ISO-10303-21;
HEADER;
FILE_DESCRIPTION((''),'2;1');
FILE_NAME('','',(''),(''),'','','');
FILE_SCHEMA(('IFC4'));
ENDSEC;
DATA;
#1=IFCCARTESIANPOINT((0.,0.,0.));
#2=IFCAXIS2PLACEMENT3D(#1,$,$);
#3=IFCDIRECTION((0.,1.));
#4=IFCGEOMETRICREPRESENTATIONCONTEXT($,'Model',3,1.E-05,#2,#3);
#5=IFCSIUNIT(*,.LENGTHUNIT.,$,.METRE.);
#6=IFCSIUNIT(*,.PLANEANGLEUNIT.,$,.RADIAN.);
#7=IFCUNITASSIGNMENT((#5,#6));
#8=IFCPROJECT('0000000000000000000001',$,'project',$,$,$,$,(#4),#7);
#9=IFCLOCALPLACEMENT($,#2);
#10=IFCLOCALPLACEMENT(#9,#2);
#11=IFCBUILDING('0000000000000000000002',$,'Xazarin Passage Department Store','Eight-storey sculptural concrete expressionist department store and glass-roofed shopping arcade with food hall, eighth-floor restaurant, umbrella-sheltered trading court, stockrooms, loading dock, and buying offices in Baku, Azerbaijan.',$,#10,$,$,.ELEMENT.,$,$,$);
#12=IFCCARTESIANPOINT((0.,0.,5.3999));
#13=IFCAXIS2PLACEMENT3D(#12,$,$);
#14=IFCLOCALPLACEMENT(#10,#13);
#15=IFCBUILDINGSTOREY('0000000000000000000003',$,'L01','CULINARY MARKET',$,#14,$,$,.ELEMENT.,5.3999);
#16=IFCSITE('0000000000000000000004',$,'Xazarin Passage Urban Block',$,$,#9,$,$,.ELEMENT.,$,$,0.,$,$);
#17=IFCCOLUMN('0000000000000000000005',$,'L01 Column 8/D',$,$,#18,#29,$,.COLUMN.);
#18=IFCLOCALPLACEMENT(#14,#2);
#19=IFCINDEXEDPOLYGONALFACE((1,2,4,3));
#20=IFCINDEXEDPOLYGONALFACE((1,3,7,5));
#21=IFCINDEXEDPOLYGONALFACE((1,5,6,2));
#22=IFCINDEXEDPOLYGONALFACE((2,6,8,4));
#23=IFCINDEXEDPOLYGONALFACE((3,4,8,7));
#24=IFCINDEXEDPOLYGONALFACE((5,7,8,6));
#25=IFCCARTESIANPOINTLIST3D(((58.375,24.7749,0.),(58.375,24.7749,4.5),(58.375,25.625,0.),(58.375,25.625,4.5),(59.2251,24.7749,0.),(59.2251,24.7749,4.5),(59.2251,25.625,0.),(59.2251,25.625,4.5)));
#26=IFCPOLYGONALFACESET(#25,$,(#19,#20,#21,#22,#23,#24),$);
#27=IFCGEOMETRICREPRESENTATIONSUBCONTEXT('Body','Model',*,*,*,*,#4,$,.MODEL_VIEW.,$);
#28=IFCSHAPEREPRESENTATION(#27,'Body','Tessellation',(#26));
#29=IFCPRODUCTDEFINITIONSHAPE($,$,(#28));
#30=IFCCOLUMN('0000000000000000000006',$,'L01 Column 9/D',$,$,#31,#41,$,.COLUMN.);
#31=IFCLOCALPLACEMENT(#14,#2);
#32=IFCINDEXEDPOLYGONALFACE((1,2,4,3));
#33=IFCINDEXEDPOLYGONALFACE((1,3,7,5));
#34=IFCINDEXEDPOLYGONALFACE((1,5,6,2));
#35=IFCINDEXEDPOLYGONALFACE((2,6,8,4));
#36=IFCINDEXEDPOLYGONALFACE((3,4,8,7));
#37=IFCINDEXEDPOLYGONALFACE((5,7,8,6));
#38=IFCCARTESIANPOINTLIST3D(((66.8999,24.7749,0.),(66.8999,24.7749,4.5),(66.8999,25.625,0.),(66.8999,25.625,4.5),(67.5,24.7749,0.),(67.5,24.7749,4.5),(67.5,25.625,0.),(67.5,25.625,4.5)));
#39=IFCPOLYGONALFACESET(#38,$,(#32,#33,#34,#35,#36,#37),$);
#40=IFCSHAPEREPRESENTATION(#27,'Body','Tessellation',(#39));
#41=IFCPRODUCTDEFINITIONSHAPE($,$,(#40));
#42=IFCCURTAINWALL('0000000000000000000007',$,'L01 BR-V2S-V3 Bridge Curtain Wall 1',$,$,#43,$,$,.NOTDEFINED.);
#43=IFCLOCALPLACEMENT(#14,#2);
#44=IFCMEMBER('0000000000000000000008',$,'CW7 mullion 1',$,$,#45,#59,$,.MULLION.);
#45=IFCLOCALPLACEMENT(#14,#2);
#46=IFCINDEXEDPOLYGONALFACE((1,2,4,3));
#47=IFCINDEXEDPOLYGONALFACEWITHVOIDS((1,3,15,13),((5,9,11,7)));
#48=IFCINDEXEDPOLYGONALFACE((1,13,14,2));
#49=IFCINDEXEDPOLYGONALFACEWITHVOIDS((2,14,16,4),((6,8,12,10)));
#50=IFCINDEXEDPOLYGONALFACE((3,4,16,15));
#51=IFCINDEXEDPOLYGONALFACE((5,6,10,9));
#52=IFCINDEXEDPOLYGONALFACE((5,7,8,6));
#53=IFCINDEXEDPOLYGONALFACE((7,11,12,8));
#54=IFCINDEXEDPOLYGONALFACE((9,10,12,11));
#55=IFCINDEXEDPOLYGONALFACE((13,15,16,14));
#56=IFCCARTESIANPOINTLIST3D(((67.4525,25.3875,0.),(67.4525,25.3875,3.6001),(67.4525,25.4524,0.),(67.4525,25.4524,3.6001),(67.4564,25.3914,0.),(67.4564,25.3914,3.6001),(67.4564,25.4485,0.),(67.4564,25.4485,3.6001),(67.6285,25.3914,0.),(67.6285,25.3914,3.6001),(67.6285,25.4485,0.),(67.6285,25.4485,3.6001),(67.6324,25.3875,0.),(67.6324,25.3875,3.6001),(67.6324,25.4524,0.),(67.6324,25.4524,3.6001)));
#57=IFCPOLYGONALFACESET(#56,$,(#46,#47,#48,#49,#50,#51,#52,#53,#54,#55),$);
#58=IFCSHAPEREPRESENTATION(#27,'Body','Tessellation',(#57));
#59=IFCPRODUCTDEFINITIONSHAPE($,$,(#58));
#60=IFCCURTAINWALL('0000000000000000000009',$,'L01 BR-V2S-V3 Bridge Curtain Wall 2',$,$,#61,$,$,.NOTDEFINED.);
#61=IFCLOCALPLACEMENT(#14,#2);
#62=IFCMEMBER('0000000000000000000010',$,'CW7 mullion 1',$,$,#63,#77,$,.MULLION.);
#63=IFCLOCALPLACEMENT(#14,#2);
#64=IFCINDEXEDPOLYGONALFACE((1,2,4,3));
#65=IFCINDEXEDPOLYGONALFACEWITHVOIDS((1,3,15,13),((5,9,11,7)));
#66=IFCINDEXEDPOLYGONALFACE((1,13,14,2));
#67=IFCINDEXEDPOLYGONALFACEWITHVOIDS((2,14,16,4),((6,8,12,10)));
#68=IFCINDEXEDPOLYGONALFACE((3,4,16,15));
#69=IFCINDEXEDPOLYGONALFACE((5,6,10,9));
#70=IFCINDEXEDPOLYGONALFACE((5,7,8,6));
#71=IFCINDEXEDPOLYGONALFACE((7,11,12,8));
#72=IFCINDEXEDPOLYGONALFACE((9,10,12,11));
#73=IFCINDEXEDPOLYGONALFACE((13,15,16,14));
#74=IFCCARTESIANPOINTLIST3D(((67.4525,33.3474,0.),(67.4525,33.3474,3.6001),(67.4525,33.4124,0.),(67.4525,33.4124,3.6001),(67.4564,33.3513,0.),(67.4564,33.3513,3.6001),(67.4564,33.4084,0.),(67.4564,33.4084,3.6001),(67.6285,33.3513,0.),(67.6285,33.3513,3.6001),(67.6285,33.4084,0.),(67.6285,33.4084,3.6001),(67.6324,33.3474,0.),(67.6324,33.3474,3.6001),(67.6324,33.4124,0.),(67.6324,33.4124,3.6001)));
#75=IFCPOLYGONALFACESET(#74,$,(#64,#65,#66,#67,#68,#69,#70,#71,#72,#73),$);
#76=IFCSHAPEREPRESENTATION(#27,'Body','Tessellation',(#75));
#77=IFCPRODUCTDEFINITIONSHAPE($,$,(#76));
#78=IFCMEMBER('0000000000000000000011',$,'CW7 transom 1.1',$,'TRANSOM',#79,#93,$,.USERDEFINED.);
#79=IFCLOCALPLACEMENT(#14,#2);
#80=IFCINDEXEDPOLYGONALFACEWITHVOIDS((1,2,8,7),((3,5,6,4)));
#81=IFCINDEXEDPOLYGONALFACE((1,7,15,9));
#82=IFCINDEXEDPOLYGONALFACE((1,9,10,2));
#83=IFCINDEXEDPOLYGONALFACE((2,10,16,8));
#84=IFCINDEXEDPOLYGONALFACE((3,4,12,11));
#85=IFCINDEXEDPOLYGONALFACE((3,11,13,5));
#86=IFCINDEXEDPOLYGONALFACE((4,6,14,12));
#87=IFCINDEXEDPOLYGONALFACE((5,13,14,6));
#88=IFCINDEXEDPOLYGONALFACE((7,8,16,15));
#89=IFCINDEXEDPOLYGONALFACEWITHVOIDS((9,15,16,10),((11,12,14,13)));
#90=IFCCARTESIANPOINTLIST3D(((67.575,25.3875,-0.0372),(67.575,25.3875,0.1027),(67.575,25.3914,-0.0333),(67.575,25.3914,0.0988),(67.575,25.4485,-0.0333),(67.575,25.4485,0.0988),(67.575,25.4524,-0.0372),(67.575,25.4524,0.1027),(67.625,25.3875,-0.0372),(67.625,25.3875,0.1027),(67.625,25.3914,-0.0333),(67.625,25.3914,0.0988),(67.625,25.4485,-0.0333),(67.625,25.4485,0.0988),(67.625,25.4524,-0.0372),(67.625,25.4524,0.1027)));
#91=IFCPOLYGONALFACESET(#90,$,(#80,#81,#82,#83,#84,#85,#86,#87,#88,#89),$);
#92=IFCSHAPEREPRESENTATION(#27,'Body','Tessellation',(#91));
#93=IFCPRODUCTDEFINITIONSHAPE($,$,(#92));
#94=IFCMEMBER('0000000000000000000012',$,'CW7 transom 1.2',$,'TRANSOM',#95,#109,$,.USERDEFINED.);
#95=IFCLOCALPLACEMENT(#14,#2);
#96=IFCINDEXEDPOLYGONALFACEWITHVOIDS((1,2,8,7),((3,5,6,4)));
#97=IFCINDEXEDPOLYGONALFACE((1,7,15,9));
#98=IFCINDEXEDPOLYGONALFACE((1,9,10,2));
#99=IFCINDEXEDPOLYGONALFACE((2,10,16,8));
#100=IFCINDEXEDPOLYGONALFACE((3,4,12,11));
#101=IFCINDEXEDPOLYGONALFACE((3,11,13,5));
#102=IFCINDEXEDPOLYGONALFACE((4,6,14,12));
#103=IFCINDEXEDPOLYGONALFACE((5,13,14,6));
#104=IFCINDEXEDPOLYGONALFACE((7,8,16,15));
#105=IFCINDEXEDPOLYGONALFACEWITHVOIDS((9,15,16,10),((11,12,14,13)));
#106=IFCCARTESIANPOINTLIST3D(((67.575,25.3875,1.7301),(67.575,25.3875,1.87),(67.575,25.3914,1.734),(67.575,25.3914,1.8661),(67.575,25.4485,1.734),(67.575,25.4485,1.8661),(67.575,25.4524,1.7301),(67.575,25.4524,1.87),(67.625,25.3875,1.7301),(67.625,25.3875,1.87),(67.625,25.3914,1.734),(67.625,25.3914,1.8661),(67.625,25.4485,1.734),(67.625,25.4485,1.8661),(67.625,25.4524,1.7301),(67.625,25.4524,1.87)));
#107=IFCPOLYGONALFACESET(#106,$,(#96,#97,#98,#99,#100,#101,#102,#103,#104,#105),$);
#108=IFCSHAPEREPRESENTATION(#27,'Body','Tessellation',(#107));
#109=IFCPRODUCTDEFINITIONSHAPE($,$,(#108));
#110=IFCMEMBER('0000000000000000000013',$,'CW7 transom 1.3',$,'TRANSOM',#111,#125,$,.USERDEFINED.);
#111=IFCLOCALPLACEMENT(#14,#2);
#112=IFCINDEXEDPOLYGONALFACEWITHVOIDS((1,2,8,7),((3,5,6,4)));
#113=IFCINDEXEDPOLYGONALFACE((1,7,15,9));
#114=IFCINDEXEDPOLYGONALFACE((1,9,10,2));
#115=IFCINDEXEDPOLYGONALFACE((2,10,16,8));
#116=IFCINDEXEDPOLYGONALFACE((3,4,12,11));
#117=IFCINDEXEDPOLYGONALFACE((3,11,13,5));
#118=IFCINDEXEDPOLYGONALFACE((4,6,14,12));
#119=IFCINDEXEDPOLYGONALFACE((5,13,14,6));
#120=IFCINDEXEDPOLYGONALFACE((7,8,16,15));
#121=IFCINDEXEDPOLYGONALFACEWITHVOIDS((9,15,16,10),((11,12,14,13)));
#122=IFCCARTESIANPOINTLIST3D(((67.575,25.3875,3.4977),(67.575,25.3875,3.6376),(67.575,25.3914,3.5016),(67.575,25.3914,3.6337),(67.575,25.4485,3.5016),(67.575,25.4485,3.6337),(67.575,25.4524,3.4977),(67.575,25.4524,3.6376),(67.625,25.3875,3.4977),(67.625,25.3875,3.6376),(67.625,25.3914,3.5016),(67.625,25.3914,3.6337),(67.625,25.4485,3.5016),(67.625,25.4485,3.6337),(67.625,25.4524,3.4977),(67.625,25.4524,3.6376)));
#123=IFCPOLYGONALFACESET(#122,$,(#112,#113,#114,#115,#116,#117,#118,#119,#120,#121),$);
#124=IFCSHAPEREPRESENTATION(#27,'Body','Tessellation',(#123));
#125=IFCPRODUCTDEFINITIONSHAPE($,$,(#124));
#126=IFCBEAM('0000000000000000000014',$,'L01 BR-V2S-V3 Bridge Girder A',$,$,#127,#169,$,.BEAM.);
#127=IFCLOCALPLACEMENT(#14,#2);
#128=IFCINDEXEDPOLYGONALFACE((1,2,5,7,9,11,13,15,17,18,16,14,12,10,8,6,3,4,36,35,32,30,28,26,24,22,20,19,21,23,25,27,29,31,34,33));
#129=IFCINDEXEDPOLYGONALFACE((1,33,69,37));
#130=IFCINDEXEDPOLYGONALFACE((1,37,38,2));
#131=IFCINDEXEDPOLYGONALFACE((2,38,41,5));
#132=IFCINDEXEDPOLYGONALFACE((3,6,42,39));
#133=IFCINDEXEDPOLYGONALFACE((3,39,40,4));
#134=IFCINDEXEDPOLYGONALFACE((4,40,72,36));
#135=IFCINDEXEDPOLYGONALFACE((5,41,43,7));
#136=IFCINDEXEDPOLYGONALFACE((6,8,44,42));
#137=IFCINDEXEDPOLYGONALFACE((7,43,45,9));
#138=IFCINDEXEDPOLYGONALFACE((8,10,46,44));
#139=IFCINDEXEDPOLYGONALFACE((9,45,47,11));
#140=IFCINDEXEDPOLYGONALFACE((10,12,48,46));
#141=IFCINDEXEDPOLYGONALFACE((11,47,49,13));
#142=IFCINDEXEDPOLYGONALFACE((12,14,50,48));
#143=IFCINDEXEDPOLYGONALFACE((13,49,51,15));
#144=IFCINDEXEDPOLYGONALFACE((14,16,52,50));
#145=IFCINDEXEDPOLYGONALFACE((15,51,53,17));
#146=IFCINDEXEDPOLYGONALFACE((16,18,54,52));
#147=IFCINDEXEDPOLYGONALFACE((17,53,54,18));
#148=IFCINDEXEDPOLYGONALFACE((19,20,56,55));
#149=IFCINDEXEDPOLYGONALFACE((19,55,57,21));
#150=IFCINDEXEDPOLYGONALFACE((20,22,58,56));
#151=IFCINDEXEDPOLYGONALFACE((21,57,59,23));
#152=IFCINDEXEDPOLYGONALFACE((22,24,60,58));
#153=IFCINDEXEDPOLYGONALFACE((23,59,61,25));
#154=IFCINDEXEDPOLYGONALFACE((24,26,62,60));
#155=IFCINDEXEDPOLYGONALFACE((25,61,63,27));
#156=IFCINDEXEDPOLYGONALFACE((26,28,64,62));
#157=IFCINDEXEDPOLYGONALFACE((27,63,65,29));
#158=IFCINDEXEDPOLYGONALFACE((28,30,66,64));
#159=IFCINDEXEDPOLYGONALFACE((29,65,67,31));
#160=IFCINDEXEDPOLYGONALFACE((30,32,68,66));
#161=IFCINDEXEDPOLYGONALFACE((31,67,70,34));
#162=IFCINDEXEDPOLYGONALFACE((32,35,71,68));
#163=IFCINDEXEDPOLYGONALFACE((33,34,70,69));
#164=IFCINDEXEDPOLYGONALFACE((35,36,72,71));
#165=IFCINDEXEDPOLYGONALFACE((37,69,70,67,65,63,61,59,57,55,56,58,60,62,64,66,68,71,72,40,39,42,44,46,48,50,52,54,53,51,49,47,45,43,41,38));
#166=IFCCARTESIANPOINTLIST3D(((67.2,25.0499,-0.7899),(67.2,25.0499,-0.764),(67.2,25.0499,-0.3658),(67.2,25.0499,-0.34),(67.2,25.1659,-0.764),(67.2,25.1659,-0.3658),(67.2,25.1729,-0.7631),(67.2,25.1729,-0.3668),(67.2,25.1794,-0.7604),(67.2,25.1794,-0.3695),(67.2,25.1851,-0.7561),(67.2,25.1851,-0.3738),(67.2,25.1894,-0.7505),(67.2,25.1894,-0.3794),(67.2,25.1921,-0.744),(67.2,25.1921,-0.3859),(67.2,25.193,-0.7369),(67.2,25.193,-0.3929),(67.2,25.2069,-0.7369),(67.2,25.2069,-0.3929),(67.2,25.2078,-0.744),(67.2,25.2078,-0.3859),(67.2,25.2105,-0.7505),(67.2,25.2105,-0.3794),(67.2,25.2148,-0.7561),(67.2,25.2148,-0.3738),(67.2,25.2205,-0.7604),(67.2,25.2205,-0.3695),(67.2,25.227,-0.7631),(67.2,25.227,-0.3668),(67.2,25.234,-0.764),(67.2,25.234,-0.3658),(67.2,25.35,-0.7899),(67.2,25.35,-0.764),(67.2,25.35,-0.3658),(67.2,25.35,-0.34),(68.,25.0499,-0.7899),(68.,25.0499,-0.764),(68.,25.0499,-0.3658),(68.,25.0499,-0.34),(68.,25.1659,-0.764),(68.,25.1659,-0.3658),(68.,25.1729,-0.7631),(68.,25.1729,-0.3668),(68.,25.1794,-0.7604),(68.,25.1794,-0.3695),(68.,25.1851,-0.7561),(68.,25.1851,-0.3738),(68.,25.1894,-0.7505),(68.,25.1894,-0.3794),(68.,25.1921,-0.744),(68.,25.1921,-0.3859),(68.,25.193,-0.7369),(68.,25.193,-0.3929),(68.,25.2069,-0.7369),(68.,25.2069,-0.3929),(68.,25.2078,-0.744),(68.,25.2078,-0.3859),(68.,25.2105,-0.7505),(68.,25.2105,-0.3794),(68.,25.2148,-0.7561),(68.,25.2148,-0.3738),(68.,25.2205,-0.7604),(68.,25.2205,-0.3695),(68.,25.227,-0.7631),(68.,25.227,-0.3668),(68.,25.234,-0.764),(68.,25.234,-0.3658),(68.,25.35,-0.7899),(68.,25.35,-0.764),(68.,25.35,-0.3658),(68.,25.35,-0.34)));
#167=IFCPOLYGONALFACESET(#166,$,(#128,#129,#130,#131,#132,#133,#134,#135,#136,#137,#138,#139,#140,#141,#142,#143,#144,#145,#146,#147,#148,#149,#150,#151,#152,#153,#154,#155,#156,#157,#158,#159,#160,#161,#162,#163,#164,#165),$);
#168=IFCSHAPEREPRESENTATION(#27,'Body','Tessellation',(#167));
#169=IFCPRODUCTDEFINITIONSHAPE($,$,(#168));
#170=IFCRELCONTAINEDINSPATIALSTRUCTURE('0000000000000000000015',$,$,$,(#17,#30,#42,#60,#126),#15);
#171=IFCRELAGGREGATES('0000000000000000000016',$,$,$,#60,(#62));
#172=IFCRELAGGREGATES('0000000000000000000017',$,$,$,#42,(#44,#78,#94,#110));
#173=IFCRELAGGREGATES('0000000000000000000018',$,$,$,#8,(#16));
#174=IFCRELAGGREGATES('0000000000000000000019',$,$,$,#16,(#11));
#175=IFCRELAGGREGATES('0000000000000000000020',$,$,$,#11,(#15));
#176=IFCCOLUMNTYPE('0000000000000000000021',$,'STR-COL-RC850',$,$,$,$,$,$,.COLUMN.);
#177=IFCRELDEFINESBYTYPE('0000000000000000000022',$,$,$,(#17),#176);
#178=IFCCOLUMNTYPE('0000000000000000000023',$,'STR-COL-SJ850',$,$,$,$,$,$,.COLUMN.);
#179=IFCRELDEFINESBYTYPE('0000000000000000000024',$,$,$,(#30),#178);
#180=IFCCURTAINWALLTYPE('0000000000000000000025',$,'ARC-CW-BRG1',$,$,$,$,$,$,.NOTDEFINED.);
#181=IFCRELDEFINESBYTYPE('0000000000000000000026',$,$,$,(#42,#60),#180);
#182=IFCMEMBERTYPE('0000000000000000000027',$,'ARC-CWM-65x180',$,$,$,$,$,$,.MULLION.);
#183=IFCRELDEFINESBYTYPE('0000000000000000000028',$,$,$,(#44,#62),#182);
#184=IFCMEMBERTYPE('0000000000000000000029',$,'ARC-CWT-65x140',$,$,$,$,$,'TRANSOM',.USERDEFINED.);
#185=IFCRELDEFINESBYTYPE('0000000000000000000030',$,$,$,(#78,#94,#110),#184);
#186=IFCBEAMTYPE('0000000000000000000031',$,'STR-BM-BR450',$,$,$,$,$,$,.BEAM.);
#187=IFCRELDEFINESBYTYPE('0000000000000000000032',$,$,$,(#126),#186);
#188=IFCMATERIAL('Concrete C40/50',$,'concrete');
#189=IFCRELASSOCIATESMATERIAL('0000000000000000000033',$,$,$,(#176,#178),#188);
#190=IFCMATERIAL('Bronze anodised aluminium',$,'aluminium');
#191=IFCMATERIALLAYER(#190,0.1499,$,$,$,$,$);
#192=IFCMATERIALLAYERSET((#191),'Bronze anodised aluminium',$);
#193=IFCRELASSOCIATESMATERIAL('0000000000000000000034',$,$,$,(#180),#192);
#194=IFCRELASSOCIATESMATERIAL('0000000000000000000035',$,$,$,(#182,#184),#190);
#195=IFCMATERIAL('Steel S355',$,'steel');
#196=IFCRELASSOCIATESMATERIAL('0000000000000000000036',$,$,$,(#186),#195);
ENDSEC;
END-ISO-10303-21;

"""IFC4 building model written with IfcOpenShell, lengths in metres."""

from ifc_helpers import new_model, si_unit, direction, frame, origin, origin_2d, place, context, subcontext, project, spatial, rectangle, hollow_rectangle, i_section, extrude, material, layer, layer_set, material_profile, profile_set, type_object, element, aggregate, save


model = new_model("IFC4")

# Units and contexts
model_context = context("Model", 3, precision=1e-05, world=origin(), true_north=direction((0.0, 1.0)))
body_context = subcontext(model_context, "Body", "Model", "MODEL_VIEW")
ifc_project = project(units=[si_unit("LENGTHUNIT", "METRE"), si_unit("PLANEANGLEUNIT", "RADIAN")], contexts=[model_context])

# Site, building, storey
site_placement = place(None, origin())
site = spatial("IfcSite", under=ifc_project, at=site_placement, Name="Xazarin Passage Urban Block", CompositionType="ELEMENT", RefElevation=0.0)
building_placement = place(site_placement, origin())
building = spatial("IfcBuilding", under=site, at=building_placement, Name="Xazarin Passage Department Store", Description="Eight-storey sculptural concrete expressionist department store and glass-roofed shopping arcade with food hall, eighth-floor restaurant, umbrella-sheltered trading court, stockrooms, loading dock, and buying offices in Baku, Azerbaijan.", CompositionType="ELEMENT")
storey_placement = place(building_placement, frame((0.0, 0.0, 5.3999)))
storey = spatial("IfcBuildingStorey", under=building, at=storey_placement, Name="L01", Description="CULINARY MARKET", CompositionType="ELEMENT", Elevation=5.3999)

# Columns
ifc_material_1 = material(Name="Concrete C40/50", Category="concrete")
ifc_material_profile_1 = material_profile(ifc_material_1, rectangle(XDim=0.8501, YDim=0.8501, at=origin_2d()), Name="RC 850x850")
ifc_profile_set_1 = profile_set([ifc_material_profile_1], Name="Concrete C40/50")
column_type_1 = type_object("IfcColumnType", Name="STR-COL-RC850", PredefinedType="COLUMN", material=ifc_profile_set_1)
column_1_placement = place(storey_placement, frame((58.8, 25.2, 0.0), z_axis=(0.0, 0.0, 1.0), x_axis=(1.0, 0.0, 0.0)))
element("IfcColumn", 1, at=column_1_placement, inside=storey, type_object=column_type_1, Name="L01 Column 8/D", PredefinedType="COLUMN", context=body_context, shape_type="SweptSolid", body=[
    extrude(rectangle(XDim=0.8501, YDim=0.8501, at=origin_2d()), origin(), (0.0, 0.0, 1.0), 4.5),
])
ifc_material_profile_2 = material_profile(ifc_material_1, rectangle(XDim=0.6001, YDim=0.8501, at=origin_2d()), Name="RC 600x850")
ifc_profile_set_2 = profile_set([ifc_material_profile_2], Name="Concrete C40/50")
column_type_2 = type_object("IfcColumnType", Name="STR-COL-SJ850", PredefinedType="COLUMN", material=ifc_profile_set_2)
column_2_placement = place(storey_placement, frame((67.2, 25.2, 0.0), z_axis=(0.0, 0.0, 1.0), x_axis=(1.0, 0.0, 0.0)))
element("IfcColumn", 2, at=column_2_placement, inside=storey, type_object=column_type_2, Name="L01 Column 9/D", PredefinedType="COLUMN", context=body_context, shape_type="SweptSolid", body=[
    extrude(rectangle(XDim=0.6001, YDim=0.8501, at=origin_2d()), origin(), (0.0, 0.0, 1.0), 4.5),
])

# Curtain walls, members
ifc_material_2 = material(Name="Bronze anodised aluminium", Category="aluminium")
ifc_layer_1 = layer(ifc_material_2, 0.1499)
ifc_layer_set_1 = layer_set([ifc_layer_1], Name="Bronze anodised aluminium")
curtain_wall_type = type_object("IfcCurtainWallType", Name="ARC-CW-BRG1", PredefinedType="NOTDEFINED", material=ifc_layer_set_1)
curtain_wall_1_placement = place(storey_placement, origin())
curtain_wall_1 = element("IfcCurtainWall", 3, at=curtain_wall_1_placement, inside=storey, type_object=curtain_wall_type, Name="L01 BR-V2S-V3 Bridge Curtain Wall 1", PredefinedType="NOTDEFINED")
ifc_material_profile_3 = material_profile(ifc_material_2, hollow_rectangle(XDim=0.0649, YDim=0.1799, WallThickness=0.0039, at=origin_2d()), Name="ALU 65x180")
ifc_profile_set_3 = profile_set([ifc_material_profile_3], Name="Bronze anodised aluminium")
member_type_1 = type_object("IfcMemberType", Name="ARC-CWM-65x180", PredefinedType="MULLION", material=ifc_profile_set_3)
member_1_placement = place(storey_placement, frame((67.5425, 25.4199, 0.0), z_axis=(0.0, 0.0, 1.0), x_axis=(0.0, 1.0, 0.0)))
member_1 = element("IfcMember", 4, at=member_1_placement, type_object=member_type_1, Name="CW7 mullion 1", PredefinedType="MULLION", context=body_context, shape_type="SweptSolid", body=[
    extrude(hollow_rectangle(XDim=0.0649, YDim=0.1799, WallThickness=0.0039, at=origin_2d()), origin(), (0.0, 0.0, 1.0), 3.6001),
])
curtain_wall_2_placement = place(storey_placement, origin())
curtain_wall_2 = element("IfcCurtainWall", 5, at=curtain_wall_2_placement, inside=storey, type_object=curtain_wall_type, Name="L01 BR-V2S-V3 Bridge Curtain Wall 2", PredefinedType="NOTDEFINED")
member_2_placement = place(storey_placement, frame((67.5425, 33.3799, 0.0), z_axis=(0.0, 0.0, 1.0), x_axis=(0.0, 1.0, 0.0)))
member_2 = element("IfcMember", 6, at=member_2_placement, type_object=member_type_1, Name="CW7 mullion 1", PredefinedType="MULLION", context=body_context, shape_type="SweptSolid", body=[
    extrude(hollow_rectangle(XDim=0.0649, YDim=0.1799, WallThickness=0.0039, at=origin_2d()), origin(), (0.0, 0.0, 1.0), 3.6001),
])
aggregate(curtain_wall_2, [member_2])

# Members
ifc_material_profile_4 = material_profile(ifc_material_2, hollow_rectangle(XDim=0.0649, YDim=0.1399, WallThickness=0.0039, at=origin_2d()), Name="ALU 65x140")
ifc_profile_set_4 = profile_set([ifc_material_profile_4], Name="Bronze anodised aluminium")
member_type_2 = type_object("IfcMemberType", Name="ARC-CWT-65x140", ElementType="TRANSOM", PredefinedType="USERDEFINED", material=ifc_profile_set_4)
member_3_placement = place(storey_placement, frame((67.575, 25.4199, 0.0327), z_axis=(1.0, 0.0, 0.0), x_axis=(0.0, 1.0, 0.0)))
member_3 = element("IfcMember", 7, at=member_3_placement, type_object=member_type_2, Name="CW7 transom 1.1", ObjectType="TRANSOM", PredefinedType="USERDEFINED", context=body_context, shape_type="SweptSolid", body=[
    extrude(hollow_rectangle(XDim=0.0649, YDim=0.1399, WallThickness=0.0039, at=origin_2d()), origin(), (0.0, 0.0, 1.0), 0.05),
])
member_4_placement = place(storey_placement, frame((67.575, 25.4199, 1.8), z_axis=(1.0, 0.0, 0.0), x_axis=(0.0, 1.0, 0.0)))
member_4 = element("IfcMember", 8, at=member_4_placement, type_object=member_type_2, Name="CW7 transom 1.2", ObjectType="TRANSOM", PredefinedType="USERDEFINED", context=body_context, shape_type="SweptSolid", body=[
    extrude(hollow_rectangle(XDim=0.0649, YDim=0.1399, WallThickness=0.0039, at=origin_2d()), origin(), (0.0, 0.0, 1.0), 0.05),
])
member_5_placement = place(storey_placement, frame((67.575, 25.4199, 3.5676), z_axis=(1.0, 0.0, 0.0), x_axis=(0.0, 1.0, 0.0)))
member_5 = element("IfcMember", 9, at=member_5_placement, type_object=member_type_2, Name="CW7 transom 1.3", ObjectType="TRANSOM", PredefinedType="USERDEFINED", context=body_context, shape_type="SweptSolid", body=[
    extrude(hollow_rectangle(XDim=0.0649, YDim=0.1399, WallThickness=0.0039, at=origin_2d()), origin(), (0.0, 0.0, 1.0), 0.05),
])
aggregate(curtain_wall_1, [member_1, member_3, member_4, member_5])

# Beam
ifc_material_3 = material(Name="Steel S355", Category="steel")
ifc_material_profile_5 = material_profile(ifc_material_3, i_section(OverallWidth=0.3, OverallDepth=0.45, WebThickness=0.0139, FlangeThickness=0.0259, FilletRadius=0.0271, at=origin_2d()), Name="HEB 450")
ifc_profile_set_5 = profile_set([ifc_material_profile_5], Name="Steel S355")
beam_type_1 = type_object("IfcBeamType", Name="STR-BM-BR450", PredefinedType="BEAM", material=ifc_profile_set_5)
beam_1_placement = place(storey_placement, frame((67.2, 25.2, -0.5649), z_axis=(1.0, 0.0, 0.0), x_axis=(0.0, 1.0, 0.0)))
element("IfcBeam", 10, at=beam_1_placement, inside=storey, type_object=beam_type_1, Name="L01 BR-V2S-V3 Bridge Girder A", PredefinedType="BEAM", context=body_context, shape_type="SweptSolid", body=[
    extrude(i_section(OverallWidth=0.3, OverallDepth=0.45, WebThickness=0.0139, FlangeThickness=0.0259, FilletRadius=0.0271, at=origin_2d()), origin(), (0.0, 0.0, 1.0), 0.8),
])

save(model, "model.ifc")
